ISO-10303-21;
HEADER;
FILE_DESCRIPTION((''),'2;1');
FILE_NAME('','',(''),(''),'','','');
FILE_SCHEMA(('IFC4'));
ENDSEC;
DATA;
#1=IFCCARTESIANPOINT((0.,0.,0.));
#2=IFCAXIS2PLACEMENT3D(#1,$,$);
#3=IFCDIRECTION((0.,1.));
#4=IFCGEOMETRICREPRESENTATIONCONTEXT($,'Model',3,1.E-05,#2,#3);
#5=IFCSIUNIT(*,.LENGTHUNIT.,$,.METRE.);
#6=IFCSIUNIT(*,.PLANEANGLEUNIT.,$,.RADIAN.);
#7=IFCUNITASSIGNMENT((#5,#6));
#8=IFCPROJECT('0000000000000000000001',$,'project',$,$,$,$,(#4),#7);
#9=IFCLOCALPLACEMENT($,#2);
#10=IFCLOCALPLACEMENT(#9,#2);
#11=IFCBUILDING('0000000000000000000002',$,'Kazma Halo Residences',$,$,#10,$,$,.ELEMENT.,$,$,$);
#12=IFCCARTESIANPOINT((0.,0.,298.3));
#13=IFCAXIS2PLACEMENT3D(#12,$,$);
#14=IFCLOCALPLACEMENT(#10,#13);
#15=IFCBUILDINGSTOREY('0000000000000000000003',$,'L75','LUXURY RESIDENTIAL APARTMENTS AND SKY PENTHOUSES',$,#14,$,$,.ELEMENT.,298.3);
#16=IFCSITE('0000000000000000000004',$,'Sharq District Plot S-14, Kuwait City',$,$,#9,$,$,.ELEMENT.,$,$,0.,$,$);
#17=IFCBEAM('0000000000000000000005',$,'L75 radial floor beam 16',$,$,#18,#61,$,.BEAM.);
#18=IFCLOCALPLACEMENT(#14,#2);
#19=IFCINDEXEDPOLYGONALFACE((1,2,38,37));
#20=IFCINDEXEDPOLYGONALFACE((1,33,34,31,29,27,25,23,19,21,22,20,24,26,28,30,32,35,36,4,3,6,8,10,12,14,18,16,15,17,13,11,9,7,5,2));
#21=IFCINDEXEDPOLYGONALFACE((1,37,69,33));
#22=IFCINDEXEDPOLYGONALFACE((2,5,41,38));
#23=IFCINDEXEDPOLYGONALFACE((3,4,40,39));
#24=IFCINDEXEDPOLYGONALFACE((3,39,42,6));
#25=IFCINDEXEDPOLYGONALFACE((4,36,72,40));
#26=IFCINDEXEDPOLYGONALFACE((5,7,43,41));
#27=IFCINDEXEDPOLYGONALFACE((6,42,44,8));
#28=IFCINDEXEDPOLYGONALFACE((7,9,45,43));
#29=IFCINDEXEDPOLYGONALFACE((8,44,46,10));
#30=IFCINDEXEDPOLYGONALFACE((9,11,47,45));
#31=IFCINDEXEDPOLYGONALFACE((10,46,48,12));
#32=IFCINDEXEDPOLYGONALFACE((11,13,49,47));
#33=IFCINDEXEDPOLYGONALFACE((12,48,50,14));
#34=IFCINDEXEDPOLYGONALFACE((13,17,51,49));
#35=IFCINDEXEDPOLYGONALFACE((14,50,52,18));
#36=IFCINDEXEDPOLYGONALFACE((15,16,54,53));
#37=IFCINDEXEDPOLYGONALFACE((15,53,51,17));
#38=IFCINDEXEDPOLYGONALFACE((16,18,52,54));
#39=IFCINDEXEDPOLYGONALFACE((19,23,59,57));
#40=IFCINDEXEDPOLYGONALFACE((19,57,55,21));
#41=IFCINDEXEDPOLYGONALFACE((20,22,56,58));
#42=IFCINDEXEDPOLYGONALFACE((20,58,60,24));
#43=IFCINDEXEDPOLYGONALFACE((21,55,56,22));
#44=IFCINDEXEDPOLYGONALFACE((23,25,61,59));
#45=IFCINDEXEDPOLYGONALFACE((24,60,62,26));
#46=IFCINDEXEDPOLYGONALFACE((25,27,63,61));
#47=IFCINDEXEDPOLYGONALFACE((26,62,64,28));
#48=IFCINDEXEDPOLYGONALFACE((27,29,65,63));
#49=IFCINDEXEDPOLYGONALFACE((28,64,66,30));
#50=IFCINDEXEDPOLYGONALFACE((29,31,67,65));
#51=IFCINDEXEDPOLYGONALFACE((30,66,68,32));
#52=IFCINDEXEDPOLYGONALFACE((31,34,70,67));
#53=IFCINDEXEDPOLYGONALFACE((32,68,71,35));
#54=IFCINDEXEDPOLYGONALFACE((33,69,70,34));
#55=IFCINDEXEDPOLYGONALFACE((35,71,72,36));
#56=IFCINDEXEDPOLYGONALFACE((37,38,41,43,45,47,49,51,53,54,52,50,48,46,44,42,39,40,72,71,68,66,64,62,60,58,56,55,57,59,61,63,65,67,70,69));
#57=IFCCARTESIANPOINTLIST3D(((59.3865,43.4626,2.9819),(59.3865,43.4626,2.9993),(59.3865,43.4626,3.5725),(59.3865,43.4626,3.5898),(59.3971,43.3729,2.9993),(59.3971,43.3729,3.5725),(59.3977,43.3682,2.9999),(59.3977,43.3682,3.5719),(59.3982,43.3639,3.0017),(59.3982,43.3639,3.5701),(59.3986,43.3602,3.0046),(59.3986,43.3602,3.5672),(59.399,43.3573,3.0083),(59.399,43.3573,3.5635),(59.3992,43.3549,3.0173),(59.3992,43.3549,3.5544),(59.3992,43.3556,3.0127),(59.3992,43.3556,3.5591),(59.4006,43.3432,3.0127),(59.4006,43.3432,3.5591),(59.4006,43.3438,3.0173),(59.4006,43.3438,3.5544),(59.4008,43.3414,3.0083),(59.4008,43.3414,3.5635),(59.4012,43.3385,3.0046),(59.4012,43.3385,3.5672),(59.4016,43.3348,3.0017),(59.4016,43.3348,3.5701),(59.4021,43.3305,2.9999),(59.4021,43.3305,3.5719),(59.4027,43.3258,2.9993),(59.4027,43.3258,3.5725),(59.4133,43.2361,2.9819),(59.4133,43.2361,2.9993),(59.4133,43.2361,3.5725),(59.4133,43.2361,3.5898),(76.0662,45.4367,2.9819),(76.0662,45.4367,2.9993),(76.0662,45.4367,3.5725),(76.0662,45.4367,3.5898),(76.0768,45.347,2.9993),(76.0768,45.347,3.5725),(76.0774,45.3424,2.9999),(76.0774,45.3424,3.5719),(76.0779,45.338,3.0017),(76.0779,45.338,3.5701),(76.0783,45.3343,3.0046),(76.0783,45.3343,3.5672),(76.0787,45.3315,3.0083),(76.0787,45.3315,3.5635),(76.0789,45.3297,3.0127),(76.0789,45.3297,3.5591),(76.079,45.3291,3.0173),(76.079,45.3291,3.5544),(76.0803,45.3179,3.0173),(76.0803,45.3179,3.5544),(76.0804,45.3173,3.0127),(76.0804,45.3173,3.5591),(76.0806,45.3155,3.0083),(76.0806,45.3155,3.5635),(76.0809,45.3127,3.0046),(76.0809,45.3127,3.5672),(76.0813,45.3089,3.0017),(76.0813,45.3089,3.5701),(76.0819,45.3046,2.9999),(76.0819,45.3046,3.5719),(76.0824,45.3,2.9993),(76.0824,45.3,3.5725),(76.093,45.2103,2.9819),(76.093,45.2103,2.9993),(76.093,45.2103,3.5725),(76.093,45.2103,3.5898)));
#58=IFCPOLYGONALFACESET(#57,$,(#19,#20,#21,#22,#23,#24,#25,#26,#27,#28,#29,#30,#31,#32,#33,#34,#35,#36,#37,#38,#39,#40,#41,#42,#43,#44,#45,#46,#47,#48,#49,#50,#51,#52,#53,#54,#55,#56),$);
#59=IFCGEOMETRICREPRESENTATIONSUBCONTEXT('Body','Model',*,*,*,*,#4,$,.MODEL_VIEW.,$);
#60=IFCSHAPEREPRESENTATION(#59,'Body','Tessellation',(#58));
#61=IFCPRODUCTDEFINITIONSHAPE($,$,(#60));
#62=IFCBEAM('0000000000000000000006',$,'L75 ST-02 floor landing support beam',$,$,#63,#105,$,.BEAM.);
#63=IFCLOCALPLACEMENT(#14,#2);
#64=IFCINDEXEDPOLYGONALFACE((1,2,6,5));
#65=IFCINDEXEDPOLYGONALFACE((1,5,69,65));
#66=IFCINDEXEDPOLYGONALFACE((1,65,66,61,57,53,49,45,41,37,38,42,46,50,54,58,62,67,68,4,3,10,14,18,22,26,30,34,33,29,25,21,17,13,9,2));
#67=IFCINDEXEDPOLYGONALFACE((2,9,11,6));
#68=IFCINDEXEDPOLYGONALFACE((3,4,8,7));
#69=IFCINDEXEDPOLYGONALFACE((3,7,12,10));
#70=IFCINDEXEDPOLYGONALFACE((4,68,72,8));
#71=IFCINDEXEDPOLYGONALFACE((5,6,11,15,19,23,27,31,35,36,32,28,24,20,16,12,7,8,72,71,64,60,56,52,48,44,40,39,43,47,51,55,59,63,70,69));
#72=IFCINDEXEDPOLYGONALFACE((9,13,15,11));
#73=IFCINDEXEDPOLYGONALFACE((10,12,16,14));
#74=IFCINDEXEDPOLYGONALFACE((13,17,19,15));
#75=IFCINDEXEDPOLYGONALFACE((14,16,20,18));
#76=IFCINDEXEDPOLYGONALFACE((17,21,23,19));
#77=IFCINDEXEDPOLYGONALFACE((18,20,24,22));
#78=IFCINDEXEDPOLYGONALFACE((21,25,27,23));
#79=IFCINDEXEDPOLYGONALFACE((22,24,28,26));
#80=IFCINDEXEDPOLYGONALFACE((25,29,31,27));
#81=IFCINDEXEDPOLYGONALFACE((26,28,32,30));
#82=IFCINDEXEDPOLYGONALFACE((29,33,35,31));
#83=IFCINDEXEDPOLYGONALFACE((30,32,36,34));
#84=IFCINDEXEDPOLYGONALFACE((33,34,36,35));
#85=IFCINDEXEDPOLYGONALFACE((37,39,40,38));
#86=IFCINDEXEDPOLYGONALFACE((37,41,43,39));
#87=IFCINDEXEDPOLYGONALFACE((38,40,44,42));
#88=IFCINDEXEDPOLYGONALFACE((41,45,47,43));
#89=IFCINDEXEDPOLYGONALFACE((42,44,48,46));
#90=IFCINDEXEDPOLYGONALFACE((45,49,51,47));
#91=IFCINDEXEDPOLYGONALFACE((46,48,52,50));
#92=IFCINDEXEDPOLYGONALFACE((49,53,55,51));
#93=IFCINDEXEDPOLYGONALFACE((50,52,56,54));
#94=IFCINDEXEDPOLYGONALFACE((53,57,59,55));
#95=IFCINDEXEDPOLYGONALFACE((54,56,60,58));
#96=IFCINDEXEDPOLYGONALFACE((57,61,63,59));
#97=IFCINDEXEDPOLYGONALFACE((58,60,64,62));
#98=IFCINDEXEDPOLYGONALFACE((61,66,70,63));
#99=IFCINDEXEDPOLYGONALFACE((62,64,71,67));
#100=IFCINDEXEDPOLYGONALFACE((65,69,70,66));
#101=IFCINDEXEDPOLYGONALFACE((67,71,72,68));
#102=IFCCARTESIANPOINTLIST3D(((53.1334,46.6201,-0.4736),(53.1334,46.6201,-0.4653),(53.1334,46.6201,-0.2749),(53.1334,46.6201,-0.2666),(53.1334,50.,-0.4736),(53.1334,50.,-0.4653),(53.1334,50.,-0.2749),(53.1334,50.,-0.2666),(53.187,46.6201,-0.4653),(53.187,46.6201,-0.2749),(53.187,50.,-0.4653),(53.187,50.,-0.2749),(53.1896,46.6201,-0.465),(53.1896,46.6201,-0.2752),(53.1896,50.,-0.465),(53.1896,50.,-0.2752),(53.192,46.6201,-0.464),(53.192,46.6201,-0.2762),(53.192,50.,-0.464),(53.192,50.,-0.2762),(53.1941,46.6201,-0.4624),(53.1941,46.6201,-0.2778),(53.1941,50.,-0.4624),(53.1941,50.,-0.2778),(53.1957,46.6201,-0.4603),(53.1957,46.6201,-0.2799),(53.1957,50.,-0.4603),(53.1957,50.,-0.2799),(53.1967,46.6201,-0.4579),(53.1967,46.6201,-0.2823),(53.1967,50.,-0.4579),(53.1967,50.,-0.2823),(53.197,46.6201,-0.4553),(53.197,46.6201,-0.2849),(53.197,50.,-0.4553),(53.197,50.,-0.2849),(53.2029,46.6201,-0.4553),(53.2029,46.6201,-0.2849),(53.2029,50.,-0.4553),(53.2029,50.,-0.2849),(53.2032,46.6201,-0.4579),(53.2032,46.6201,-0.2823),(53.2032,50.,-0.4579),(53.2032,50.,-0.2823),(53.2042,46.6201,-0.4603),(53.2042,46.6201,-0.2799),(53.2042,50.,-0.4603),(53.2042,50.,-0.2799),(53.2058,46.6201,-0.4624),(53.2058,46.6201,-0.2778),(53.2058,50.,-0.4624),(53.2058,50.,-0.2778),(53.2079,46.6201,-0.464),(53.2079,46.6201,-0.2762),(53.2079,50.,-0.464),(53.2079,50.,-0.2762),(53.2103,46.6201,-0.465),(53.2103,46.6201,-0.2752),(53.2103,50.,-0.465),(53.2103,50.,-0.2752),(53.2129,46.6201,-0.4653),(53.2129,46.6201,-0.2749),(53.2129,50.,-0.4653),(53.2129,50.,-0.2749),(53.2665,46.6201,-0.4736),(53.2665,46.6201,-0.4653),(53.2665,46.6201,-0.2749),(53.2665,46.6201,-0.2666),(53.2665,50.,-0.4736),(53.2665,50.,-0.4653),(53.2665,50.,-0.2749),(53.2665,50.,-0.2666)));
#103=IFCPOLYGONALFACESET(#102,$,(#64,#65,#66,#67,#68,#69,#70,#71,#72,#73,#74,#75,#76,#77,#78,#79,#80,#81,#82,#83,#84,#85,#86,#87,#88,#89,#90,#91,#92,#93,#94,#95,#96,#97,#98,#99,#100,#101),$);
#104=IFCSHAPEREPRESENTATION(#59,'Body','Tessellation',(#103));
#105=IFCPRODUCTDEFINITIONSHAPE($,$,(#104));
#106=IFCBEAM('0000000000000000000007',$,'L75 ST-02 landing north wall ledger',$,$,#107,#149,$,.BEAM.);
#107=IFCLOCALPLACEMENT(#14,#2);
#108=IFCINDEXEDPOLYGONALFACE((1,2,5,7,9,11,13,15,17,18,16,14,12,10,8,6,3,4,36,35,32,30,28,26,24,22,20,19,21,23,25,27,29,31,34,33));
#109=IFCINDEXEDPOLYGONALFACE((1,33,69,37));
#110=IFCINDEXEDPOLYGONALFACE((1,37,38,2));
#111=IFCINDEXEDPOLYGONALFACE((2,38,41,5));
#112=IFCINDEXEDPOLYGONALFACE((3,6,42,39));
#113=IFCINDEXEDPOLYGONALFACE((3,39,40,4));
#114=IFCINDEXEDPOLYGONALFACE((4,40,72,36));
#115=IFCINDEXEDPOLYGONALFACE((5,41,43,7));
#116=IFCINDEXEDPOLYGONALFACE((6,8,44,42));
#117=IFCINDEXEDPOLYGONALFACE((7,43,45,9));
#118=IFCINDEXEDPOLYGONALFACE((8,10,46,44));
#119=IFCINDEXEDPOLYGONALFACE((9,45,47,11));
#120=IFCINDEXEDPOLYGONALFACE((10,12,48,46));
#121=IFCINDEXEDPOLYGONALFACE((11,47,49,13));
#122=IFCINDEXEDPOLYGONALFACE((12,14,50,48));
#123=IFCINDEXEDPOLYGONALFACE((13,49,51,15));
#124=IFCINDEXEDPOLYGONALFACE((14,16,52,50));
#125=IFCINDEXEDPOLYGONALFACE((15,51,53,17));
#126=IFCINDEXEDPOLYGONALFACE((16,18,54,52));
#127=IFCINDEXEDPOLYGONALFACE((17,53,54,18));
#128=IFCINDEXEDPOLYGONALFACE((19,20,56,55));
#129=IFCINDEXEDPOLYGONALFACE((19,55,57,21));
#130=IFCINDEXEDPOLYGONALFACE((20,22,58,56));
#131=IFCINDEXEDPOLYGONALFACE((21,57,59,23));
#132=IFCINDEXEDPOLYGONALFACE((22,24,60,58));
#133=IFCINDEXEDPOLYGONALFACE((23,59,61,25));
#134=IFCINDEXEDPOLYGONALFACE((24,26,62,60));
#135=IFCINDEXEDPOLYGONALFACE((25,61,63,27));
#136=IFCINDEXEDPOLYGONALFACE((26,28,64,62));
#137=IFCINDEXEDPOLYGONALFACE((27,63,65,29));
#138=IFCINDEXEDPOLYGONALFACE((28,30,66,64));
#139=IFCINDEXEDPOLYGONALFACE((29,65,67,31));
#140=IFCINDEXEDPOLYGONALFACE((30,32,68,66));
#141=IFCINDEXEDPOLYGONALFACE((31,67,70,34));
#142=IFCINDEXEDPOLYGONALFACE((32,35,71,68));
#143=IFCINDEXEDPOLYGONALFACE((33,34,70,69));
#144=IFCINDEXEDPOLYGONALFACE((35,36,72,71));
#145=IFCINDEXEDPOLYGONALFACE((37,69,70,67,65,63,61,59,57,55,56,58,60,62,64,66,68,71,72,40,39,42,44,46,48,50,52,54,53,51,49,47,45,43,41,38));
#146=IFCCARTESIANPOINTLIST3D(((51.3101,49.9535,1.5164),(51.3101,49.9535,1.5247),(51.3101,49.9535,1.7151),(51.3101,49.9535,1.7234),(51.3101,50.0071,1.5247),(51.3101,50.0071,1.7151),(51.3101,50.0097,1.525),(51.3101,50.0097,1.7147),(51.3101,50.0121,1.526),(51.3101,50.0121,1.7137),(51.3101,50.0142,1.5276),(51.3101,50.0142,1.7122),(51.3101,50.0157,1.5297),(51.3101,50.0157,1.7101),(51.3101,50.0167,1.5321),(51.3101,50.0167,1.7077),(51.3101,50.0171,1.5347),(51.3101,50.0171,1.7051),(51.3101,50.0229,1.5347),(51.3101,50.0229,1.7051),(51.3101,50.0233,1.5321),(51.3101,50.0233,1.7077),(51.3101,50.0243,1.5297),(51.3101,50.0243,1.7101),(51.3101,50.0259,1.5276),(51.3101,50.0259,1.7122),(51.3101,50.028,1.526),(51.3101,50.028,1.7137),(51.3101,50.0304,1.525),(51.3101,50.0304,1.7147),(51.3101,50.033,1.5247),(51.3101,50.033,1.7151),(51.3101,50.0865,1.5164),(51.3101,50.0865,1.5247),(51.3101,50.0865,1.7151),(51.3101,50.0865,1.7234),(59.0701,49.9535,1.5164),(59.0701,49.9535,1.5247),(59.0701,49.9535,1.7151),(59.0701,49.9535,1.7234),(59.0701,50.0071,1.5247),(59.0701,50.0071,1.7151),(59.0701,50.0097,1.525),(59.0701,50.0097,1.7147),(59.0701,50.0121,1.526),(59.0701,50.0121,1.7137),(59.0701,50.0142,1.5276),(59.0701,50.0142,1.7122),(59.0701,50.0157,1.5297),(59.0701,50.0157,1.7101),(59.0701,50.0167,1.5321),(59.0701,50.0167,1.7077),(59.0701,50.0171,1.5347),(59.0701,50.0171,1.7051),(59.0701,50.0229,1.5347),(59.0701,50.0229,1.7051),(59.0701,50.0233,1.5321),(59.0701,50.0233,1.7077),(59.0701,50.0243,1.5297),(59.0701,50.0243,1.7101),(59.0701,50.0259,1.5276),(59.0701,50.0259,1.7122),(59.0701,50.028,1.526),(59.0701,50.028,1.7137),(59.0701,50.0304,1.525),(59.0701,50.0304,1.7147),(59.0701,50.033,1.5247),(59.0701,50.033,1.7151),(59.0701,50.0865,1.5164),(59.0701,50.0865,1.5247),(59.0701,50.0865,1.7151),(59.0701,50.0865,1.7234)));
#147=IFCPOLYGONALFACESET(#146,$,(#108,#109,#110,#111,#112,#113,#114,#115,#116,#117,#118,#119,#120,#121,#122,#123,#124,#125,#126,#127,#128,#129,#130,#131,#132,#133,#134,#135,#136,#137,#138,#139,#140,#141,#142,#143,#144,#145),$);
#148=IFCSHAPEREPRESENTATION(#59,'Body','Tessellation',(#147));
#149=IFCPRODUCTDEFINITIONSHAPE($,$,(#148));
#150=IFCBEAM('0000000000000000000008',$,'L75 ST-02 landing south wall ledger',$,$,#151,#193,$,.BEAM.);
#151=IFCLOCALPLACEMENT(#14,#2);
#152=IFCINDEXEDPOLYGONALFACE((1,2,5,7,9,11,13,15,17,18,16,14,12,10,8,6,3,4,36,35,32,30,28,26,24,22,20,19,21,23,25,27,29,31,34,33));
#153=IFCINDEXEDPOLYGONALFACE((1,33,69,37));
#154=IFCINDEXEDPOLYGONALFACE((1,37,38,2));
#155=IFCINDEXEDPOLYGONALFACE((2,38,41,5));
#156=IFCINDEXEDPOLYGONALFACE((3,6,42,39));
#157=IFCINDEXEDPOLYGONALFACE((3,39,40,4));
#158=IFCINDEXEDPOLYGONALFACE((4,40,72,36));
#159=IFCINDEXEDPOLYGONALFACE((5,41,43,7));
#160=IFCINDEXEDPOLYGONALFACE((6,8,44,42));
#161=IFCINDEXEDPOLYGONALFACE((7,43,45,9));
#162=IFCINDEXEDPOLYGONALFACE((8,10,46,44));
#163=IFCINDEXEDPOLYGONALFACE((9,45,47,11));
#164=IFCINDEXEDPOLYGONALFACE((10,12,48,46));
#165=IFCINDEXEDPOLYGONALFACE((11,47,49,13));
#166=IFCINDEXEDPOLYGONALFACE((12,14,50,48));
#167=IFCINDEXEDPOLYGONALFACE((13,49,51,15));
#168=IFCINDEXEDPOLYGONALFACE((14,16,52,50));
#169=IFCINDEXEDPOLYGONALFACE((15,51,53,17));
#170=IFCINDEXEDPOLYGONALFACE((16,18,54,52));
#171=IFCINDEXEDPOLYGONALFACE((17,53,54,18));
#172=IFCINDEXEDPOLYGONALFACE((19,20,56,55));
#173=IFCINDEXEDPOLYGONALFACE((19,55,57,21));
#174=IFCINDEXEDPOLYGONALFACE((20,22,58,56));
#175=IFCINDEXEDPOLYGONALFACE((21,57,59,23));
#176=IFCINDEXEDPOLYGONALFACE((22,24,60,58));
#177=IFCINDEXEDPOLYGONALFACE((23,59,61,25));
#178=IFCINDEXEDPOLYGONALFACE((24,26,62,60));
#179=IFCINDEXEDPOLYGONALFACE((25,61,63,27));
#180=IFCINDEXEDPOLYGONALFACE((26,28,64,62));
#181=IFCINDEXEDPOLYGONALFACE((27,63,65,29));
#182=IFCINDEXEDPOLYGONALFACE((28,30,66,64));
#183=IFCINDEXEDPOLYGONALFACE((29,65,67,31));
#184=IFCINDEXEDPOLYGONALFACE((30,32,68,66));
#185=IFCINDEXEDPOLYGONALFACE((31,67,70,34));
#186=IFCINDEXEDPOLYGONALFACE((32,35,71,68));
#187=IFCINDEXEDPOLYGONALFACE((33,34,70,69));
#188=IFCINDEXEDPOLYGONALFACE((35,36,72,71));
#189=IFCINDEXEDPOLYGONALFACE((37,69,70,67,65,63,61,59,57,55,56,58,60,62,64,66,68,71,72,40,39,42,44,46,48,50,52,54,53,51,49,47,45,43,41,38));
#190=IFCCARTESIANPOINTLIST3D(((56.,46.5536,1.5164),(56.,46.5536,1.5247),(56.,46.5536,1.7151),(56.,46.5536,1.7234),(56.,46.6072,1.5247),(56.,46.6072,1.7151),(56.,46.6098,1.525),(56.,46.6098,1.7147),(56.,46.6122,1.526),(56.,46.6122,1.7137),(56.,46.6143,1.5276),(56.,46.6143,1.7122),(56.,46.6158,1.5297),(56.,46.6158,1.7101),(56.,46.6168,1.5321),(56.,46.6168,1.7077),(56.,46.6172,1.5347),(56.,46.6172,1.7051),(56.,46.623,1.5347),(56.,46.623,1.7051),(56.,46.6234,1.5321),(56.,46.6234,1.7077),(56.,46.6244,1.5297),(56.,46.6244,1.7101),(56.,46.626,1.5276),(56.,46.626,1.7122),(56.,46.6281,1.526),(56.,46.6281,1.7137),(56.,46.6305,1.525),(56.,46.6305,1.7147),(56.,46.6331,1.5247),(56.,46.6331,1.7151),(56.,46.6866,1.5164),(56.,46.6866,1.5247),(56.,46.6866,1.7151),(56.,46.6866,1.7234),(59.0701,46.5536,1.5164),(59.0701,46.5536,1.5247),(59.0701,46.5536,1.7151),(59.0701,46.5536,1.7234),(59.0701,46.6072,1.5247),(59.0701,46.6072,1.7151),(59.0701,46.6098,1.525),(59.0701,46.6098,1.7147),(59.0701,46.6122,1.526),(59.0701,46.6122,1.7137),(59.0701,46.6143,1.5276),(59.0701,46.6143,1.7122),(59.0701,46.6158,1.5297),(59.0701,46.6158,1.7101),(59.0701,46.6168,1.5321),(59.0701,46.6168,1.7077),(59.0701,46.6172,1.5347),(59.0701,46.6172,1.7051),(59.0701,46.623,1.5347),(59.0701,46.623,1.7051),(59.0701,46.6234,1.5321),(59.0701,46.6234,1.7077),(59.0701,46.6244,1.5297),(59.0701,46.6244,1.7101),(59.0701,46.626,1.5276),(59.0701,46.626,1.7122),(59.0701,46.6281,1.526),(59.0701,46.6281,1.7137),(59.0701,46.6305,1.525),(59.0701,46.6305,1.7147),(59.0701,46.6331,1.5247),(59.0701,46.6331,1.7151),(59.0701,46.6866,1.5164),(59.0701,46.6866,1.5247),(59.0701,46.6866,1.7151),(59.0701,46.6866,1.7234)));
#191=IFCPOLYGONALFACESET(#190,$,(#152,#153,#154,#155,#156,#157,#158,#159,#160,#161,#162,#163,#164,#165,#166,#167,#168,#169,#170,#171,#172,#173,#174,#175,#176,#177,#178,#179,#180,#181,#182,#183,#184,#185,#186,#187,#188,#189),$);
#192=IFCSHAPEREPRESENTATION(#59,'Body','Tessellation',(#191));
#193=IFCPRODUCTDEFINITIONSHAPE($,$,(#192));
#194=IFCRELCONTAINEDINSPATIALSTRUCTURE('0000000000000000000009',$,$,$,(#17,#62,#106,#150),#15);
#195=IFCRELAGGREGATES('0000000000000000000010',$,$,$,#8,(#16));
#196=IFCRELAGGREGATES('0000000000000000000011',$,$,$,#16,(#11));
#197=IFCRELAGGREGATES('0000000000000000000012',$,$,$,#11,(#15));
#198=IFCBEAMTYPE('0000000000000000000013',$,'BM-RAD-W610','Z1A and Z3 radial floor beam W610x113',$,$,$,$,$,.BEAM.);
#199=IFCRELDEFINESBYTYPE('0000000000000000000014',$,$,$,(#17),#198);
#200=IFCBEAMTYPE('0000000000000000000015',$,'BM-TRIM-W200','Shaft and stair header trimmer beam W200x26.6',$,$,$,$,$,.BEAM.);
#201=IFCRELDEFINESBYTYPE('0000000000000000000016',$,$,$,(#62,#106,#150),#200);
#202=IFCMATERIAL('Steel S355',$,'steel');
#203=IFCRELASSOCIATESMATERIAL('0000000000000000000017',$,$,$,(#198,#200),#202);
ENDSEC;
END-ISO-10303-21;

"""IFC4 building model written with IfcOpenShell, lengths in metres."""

from ifc_helpers import new_model, si_unit, direction, frame, origin, origin_2d, place, context, subcontext, project, spatial, i_section, extrude, material, material_profile, profile_set, type_object, element, save


model = new_model("IFC4")

# Units and contexts
model_context = context("Model", 3, precision=1e-05, world=origin(), true_north=direction((0.0, 1.0)))
body_context = subcontext(model_context, "Body", "Model", "MODEL_VIEW")
ifc_project = project(units=[si_unit("LENGTHUNIT", "METRE"), si_unit("PLANEANGLEUNIT", "RADIAN")], contexts=[model_context])

# Site, building, storey
site_placement = place(None, origin())
site = spatial("IfcSite", under=ifc_project, at=site_placement, Name="Sharq District Plot S-14, Kuwait City", CompositionType="ELEMENT", RefElevation=0.0)
building_placement = place(site_placement, origin())
building = spatial("IfcBuilding", under=site, at=building_placement, Name="Kazma Halo Residences", CompositionType="ELEMENT")
storey_placement = place(building_placement, frame((0.0, 0.0, 298.3)))
storey = spatial("IfcBuildingStorey", under=building, at=storey_placement, Name="L75", Description="LUXURY RESIDENTIAL APARTMENTS AND SKY PENTHOUSES", CompositionType="ELEMENT", Elevation=298.3)

# Shared definitions
ifc_material_1 = material(Name="Steel S355", Category="steel")

# Beams
ifc_material_profile_1 = material_profile(ifc_material_1, i_section(OverallWidth=0.228, OverallDepth=0.6079, WebThickness=0.0112, FlangeThickness=0.0173, FilletRadius=0.0181, at=origin_2d()), Name="W610x113")
ifc_profile_set_1 = profile_set([ifc_material_profile_1], Name="Steel S355")
beam_type_1 = type_object("IfcBeamType", Name="BM-RAD-W610", Description="Z1A and Z3 radial floor beam W610x113", PredefinedType="BEAM", material=ifc_profile_set_1)
beam_1_placement = place(storey_placement, frame((59.3999, 43.3494, 3.2859), z_axis=(0.993069, 0.117534, 0.0), x_axis=(-0.117534, 0.993069, 0.0)))
element("IfcBeam", 1, at=beam_1_placement, inside=storey, type_object=beam_type_1, Name="L75 radial floor beam 16", PredefinedType="BEAM", context=body_context, shape_type="SweptSolid", body=[
    extrude(i_section(OverallWidth=0.228, OverallDepth=0.6079, WebThickness=0.0112, FlangeThickness=0.0173, FilletRadius=0.0181, at=origin_2d()), origin(), (0.0, 0.0, 1.0), 16.7961),
])
ifc_material_profile_2 = material_profile(ifc_material_1, i_section(OverallWidth=0.1331, OverallDepth=0.207, WebThickness=0.0059, FlangeThickness=0.0083, FilletRadius=0.01, at=origin_2d()), Name="W200x26.6")
ifc_profile_set_2 = profile_set([ifc_material_profile_2], Name="Steel S355")
beam_type_2 = type_object("IfcBeamType", Name="BM-TRIM-W200", Description="Shaft and stair header trimmer beam W200x26.6", PredefinedType="BEAM", material=ifc_profile_set_2)
beam_2_placement = place(storey_placement, frame((53.2, 46.6201, -0.3701), z_axis=(0.0, 1.0, 0.0), x_axis=(-1.0, 0.0, 0.0)))
element("IfcBeam", 2, at=beam_2_placement, inside=storey, type_object=beam_type_2, Name="L75 ST-02 floor landing support beam", PredefinedType="BEAM", context=body_context, shape_type="SweptSolid", body=[
    extrude(i_section(OverallWidth=0.1331, OverallDepth=0.207, WebThickness=0.0059, FlangeThickness=0.0083, FilletRadius=0.01, at=origin_2d()), origin(), (0.0, 0.0, 1.0), 3.3799),
])
beam_3_placement = place(storey_placement, frame((51.3101, 50.02, 1.6199), z_axis=(1.0, 0.0, 0.0), x_axis=(0.0, 1.0, 0.0)))
element("IfcBeam", 3, at=beam_3_placement, inside=storey, type_object=beam_type_2, Name="L75 ST-02 landing north wall ledger", PredefinedType="BEAM", context=body_context, shape_type="SweptSolid", body=[
    extrude(i_section(OverallWidth=0.1331, OverallDepth=0.207, WebThickness=0.0059, FlangeThickness=0.0083, FilletRadius=0.01, at=origin_2d()), origin(), (0.0, 0.0, 1.0), 7.76),
])
beam_4_placement = place(storey_placement, frame((56.0, 46.6201, 1.6199), z_axis=(1.0, 0.0, 0.0), x_axis=(0.0, 1.0, 0.0)))
element("IfcBeam", 4, at=beam_4_placement, inside=storey, type_object=beam_type_2, Name="L75 ST-02 landing south wall ledger", PredefinedType="BEAM", context=body_context, shape_type="SweptSolid", body=[
    extrude(i_section(OverallWidth=0.1331, OverallDepth=0.207, WebThickness=0.0059, FlangeThickness=0.0083, FilletRadius=0.01, at=origin_2d()), origin(), (0.0, 0.0, 1.0), 3.0701),
])

save(model, "model.ifc")
